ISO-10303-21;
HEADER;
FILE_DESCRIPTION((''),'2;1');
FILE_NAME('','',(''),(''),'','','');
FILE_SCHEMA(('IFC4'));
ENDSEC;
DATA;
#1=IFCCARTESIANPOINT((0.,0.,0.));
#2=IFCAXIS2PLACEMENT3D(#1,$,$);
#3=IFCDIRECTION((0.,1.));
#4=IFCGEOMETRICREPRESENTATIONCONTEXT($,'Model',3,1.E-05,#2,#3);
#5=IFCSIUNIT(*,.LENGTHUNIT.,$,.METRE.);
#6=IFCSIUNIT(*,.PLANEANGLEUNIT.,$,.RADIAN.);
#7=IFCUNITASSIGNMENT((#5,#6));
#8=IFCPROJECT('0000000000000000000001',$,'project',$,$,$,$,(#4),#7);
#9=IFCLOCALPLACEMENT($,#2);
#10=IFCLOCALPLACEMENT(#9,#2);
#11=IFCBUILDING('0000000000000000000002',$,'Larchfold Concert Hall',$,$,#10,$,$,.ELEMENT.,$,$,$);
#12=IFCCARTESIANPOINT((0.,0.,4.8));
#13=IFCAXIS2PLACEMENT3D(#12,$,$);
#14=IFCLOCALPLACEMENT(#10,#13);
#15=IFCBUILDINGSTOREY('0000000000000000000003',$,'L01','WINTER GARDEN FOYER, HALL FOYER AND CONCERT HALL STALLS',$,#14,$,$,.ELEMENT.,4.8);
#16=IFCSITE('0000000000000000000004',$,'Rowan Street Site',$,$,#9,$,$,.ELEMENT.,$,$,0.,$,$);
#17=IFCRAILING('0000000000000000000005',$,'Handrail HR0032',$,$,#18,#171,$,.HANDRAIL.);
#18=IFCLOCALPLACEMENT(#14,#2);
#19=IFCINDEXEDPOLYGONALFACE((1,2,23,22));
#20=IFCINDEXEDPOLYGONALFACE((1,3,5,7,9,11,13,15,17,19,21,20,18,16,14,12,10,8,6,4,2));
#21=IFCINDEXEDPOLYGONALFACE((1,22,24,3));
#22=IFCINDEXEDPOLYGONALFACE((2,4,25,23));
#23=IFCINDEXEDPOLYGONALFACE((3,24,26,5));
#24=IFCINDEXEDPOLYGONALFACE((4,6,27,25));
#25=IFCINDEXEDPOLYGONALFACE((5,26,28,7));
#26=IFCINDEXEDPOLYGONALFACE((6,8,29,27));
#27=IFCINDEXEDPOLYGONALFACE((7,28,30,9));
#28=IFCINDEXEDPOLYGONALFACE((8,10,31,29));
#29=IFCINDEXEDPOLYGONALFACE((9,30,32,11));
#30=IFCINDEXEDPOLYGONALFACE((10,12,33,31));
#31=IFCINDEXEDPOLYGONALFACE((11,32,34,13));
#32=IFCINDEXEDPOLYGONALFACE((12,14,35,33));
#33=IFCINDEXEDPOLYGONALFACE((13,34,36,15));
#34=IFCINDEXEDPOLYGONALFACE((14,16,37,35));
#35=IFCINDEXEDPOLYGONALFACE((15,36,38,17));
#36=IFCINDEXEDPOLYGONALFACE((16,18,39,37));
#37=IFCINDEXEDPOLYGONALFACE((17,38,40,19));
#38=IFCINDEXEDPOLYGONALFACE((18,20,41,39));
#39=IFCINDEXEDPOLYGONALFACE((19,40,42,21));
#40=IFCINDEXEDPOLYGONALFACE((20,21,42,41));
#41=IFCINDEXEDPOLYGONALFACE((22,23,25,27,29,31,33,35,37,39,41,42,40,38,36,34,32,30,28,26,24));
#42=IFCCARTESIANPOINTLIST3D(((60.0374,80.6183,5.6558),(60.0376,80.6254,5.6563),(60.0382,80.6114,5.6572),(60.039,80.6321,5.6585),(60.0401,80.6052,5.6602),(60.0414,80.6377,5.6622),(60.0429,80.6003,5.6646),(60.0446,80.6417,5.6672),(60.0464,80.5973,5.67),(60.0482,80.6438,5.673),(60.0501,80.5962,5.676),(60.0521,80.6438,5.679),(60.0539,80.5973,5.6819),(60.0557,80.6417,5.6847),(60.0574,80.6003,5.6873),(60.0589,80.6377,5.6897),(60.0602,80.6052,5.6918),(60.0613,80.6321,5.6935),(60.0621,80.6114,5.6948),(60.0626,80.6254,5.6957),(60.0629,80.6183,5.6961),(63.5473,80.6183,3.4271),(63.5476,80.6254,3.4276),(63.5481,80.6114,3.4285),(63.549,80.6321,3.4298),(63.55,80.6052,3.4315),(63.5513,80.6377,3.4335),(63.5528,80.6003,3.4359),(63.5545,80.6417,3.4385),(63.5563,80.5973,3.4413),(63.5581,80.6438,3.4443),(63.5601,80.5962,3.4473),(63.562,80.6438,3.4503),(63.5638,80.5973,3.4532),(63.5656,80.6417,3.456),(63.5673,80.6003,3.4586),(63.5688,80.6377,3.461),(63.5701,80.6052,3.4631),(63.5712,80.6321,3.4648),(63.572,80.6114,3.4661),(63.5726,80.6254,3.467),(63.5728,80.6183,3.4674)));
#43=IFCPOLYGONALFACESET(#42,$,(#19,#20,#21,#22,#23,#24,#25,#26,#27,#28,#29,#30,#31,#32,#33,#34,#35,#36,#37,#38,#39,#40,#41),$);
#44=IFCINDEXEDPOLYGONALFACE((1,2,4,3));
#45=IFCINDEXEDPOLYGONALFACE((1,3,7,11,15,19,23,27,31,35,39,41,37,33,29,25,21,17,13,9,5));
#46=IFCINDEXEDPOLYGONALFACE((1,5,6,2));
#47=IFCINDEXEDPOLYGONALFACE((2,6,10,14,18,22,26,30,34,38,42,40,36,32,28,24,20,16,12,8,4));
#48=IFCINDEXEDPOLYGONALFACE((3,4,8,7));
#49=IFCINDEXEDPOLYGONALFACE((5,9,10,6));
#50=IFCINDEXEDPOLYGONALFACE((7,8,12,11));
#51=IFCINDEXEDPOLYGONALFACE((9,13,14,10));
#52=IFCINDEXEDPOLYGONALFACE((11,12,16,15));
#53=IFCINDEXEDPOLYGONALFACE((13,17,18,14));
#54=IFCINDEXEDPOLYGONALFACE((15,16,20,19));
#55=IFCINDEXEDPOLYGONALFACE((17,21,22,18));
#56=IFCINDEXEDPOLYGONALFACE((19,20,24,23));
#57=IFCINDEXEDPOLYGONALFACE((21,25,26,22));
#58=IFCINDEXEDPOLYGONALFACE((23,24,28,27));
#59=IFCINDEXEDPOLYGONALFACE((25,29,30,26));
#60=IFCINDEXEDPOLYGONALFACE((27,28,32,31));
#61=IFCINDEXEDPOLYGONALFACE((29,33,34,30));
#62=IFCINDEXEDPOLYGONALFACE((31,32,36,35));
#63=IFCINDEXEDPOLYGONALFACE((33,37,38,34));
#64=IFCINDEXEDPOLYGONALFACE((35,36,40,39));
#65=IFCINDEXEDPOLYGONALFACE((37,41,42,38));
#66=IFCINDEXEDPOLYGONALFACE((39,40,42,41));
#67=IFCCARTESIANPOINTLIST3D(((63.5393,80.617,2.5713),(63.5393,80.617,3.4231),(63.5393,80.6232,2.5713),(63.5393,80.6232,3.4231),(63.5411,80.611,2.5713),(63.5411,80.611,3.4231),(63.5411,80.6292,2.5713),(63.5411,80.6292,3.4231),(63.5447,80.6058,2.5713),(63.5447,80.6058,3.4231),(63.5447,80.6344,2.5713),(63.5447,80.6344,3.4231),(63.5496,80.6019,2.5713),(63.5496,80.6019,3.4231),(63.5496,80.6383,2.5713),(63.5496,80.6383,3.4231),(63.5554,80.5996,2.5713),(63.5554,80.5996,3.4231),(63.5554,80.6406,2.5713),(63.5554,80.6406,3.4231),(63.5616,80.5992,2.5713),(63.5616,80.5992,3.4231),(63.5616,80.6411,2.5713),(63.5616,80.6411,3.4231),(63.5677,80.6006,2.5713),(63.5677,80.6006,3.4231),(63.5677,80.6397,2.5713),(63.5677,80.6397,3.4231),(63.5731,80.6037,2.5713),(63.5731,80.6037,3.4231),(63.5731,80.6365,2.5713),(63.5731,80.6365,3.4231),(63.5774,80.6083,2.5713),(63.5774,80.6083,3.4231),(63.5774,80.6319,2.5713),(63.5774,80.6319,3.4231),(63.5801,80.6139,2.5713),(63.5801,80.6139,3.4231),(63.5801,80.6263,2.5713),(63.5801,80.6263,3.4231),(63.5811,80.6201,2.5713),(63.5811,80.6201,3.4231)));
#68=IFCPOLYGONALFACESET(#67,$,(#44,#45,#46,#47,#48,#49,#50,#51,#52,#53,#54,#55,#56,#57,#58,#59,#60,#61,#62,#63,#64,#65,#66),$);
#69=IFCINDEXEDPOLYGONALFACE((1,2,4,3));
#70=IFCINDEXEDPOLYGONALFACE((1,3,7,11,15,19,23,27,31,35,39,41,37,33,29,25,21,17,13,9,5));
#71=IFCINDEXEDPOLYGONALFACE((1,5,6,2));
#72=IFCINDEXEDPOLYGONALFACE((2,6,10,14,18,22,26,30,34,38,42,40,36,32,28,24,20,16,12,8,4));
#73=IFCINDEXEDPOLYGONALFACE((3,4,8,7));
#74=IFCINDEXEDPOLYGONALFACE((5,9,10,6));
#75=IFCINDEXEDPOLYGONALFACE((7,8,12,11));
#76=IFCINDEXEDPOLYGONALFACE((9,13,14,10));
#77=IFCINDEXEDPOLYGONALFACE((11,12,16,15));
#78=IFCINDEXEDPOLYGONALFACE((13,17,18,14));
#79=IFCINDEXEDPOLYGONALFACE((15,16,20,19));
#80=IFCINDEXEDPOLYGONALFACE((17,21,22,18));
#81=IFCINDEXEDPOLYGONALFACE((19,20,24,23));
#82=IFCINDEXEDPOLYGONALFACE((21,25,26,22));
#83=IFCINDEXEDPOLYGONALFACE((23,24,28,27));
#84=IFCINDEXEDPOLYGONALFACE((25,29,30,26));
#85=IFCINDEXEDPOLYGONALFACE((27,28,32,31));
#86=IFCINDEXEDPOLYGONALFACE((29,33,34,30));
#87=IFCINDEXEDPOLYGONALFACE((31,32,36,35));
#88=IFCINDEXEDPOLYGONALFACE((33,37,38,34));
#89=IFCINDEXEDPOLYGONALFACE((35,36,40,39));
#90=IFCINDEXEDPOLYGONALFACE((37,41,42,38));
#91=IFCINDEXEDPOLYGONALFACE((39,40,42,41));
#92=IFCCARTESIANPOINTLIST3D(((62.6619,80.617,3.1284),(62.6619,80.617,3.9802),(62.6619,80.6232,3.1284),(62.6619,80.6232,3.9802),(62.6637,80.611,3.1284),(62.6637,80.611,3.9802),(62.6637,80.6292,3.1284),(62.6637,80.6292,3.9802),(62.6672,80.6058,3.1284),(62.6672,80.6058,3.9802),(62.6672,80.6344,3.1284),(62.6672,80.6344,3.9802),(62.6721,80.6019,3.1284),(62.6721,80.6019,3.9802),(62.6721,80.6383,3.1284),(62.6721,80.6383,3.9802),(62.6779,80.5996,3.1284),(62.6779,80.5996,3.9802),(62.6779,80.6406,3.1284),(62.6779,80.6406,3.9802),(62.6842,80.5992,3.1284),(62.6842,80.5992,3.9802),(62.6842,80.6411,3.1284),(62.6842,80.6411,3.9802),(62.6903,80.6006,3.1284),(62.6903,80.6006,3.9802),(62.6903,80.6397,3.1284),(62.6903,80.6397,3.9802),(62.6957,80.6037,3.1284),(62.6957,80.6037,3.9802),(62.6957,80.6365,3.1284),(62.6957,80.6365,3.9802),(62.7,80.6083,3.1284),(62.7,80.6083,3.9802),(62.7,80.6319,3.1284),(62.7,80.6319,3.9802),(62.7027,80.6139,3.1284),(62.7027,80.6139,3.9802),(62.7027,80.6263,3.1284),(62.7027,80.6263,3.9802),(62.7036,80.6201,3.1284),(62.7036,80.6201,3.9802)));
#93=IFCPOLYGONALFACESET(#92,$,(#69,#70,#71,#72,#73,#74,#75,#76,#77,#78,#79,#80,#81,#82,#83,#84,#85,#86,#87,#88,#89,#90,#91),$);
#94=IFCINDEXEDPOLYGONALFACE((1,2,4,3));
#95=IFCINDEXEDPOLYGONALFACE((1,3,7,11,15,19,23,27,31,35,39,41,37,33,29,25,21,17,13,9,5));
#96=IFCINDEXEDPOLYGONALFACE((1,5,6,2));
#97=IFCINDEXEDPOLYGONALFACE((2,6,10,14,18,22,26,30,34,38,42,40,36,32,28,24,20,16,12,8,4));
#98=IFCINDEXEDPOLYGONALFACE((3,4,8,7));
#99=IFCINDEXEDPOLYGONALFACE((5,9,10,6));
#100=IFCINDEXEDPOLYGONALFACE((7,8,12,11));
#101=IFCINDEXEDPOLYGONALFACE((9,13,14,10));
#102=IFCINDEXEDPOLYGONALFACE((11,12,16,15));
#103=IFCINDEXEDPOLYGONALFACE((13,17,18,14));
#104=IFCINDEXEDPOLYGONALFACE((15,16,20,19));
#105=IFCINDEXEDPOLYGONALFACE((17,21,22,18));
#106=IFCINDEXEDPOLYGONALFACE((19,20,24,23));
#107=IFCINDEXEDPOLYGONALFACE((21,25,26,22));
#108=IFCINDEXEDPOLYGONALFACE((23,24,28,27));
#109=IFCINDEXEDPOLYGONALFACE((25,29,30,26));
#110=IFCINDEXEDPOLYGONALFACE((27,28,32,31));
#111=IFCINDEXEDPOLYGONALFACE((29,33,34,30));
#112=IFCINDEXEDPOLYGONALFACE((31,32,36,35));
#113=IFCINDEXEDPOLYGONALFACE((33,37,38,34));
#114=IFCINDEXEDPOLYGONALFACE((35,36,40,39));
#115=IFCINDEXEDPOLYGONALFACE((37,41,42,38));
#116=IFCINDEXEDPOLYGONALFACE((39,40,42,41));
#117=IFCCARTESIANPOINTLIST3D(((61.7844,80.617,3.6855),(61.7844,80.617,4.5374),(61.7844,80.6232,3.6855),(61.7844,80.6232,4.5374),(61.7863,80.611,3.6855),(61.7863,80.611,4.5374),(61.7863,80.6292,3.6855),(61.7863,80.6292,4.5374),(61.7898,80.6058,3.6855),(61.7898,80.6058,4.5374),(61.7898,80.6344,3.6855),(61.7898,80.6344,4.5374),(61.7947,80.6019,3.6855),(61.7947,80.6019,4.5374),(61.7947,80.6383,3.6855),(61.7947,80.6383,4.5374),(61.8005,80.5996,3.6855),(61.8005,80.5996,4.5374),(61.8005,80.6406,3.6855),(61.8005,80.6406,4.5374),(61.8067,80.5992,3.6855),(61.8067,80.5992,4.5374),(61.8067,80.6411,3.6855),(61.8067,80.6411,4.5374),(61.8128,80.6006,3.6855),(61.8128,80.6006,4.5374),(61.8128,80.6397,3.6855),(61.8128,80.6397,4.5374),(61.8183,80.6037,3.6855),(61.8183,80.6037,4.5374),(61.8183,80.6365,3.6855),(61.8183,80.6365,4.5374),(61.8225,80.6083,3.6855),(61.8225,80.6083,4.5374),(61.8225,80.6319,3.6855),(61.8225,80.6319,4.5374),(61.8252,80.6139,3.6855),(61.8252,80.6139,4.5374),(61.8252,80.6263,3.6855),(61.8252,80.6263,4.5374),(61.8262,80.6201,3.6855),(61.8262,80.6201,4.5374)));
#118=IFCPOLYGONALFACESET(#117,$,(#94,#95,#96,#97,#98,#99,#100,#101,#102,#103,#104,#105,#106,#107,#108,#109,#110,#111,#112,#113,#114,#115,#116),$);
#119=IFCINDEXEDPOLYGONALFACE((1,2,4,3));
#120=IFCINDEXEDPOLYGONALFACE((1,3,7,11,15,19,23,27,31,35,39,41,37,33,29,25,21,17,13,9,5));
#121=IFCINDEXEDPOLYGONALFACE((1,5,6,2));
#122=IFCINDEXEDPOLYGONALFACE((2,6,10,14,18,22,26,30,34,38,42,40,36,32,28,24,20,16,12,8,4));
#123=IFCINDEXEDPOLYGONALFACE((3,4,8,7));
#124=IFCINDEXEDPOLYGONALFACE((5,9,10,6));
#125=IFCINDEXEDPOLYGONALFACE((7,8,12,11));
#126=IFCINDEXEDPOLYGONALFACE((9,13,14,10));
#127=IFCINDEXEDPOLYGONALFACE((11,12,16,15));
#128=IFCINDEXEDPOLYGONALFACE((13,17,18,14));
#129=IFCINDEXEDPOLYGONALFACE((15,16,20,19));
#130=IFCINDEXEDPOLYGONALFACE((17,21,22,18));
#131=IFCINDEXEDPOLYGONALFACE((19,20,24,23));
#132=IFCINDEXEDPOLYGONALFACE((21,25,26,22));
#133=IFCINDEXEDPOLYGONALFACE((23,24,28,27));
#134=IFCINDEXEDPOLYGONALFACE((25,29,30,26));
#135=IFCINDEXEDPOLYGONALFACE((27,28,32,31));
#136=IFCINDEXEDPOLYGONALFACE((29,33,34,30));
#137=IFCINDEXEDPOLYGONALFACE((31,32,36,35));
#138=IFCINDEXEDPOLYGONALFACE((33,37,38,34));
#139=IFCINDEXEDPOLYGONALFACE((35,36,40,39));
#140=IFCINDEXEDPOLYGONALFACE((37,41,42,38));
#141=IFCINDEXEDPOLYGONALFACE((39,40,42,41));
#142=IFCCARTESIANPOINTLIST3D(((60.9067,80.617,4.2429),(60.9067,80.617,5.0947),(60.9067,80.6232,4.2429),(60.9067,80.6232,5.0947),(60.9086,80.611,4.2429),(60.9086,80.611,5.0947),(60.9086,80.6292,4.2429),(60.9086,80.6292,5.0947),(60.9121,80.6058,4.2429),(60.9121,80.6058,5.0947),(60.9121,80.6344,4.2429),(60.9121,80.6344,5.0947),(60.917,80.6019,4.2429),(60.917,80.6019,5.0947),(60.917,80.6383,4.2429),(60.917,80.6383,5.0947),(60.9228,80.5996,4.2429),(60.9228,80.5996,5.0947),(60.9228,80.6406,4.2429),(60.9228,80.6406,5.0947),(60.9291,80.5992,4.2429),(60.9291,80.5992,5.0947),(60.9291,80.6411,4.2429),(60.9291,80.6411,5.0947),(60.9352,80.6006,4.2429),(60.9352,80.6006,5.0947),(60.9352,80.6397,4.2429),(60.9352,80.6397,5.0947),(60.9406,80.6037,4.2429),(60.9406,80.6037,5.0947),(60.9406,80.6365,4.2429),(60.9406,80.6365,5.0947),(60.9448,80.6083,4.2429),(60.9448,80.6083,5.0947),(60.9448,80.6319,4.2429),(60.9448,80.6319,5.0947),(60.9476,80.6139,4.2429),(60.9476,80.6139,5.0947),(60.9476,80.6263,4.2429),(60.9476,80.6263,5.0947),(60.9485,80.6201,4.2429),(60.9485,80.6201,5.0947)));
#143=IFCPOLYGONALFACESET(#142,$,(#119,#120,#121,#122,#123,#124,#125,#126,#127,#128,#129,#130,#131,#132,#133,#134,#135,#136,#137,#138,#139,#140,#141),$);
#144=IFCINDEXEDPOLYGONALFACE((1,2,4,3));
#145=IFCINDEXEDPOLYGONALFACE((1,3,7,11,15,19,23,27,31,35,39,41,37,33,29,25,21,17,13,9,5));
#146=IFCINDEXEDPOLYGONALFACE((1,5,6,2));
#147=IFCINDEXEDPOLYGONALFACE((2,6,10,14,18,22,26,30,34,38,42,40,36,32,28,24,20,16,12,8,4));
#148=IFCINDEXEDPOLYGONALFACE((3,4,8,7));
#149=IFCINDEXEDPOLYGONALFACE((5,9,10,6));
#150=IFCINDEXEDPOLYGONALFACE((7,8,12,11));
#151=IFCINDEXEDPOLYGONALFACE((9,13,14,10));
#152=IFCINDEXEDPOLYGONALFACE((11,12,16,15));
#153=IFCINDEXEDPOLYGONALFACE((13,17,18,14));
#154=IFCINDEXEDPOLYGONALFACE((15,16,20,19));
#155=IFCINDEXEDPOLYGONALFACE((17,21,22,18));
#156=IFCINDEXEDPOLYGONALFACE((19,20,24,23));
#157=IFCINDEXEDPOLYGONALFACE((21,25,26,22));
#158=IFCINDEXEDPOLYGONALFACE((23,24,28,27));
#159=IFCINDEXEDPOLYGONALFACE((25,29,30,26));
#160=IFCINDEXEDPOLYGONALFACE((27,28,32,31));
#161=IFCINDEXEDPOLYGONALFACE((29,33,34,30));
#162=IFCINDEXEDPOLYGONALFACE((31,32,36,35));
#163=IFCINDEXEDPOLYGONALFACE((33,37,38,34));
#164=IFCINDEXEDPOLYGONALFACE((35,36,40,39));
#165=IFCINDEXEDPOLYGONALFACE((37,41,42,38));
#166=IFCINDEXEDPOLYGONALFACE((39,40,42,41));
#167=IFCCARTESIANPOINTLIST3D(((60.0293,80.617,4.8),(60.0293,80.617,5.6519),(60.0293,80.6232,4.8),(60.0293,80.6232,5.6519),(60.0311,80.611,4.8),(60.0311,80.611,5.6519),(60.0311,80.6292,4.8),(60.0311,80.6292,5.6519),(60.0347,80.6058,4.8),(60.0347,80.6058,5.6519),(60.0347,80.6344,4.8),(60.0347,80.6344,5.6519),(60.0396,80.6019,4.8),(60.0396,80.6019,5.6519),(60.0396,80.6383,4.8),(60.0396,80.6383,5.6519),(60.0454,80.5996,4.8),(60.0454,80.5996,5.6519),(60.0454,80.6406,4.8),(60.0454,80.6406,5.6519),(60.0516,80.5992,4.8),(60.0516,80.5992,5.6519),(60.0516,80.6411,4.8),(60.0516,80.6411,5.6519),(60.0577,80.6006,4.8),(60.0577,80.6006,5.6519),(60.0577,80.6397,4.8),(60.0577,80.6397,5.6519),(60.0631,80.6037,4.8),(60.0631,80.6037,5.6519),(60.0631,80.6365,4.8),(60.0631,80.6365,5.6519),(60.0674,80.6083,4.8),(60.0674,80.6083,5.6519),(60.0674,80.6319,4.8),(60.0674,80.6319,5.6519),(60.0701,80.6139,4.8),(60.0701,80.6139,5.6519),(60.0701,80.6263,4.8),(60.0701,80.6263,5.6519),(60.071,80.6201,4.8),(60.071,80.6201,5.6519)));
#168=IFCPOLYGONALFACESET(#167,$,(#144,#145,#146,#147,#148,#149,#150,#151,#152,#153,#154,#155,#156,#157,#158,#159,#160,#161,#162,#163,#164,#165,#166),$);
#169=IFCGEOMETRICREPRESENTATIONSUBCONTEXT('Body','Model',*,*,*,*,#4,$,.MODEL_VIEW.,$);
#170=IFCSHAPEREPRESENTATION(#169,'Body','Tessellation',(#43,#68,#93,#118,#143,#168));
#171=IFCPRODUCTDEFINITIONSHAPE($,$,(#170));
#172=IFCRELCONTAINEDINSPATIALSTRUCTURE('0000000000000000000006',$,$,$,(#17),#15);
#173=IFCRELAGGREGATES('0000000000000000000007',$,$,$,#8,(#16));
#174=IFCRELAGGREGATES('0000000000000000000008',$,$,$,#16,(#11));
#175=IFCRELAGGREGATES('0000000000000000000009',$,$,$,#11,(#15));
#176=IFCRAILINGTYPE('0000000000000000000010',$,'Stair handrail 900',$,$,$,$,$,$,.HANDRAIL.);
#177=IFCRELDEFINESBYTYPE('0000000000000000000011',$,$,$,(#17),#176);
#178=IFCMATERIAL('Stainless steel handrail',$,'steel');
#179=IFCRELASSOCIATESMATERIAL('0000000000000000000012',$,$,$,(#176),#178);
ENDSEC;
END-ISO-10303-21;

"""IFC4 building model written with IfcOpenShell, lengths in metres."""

from ifc_helpers import new_model, si_unit, direction, frame, origin, origin_2d, place, context, subcontext, project, spatial, circle, extrude, material, type_object, element, save


model = new_model("IFC4")

# Units and contexts
model_context = context("Model", 3, precision=1e-05, world=origin(), true_north=direction((0.0, 1.0)))
body_context = subcontext(model_context, "Body", "Model", "MODEL_VIEW")
ifc_project = project(units=[si_unit("LENGTHUNIT", "METRE"), si_unit("PLANEANGLEUNIT", "RADIAN")], contexts=[model_context])

# Site, building, storey
site_placement = place(None, origin())
site = spatial("IfcSite", under=ifc_project, at=site_placement, Name="Rowan Street Site", CompositionType="ELEMENT", RefElevation=0.0)
building_placement = place(site_placement, origin())
building = spatial("IfcBuilding", under=site, at=building_placement, Name="Larchfold Concert Hall", CompositionType="ELEMENT")
storey_placement = place(building_placement, frame((0.0, 0.0, 4.8)))
storey = spatial("IfcBuildingStorey", under=building, at=storey_placement, Name="L01", Description="WINTER GARDEN FOYER, HALL FOYER AND CONCERT HALL STALLS", CompositionType="ELEMENT", Elevation=4.8)

# Railing
ifc_material_1 = material(Name="Stainless steel handrail", Category="steel")
railing_type_1 = type_object("IfcRailingType", Name="Stair handrail 900", PredefinedType="HANDRAIL", material=ifc_material_1)
railing_1_placement = place(storey_placement, frame((63.5601, 80.6201, 2.5713)))
element("IfcRailing", 1, at=railing_1_placement, inside=storey, type_object=railing_type_1, Name="Handrail HR0032", PredefinedType="HANDRAIL", context=body_context, shape_type="SweptSolid", body=[
    extrude(circle(Radius=0.0239, at=origin_2d()), frame((0.0, 0.0, 0.876), z_axis=(-0.844193, 0.0, 0.536039), x_axis=(0.0, -1.0, 0.0)), (0.0, 0.0, 1.0), 4.1577),
    extrude(circle(Radius=0.021, at=origin_2d()), origin(), (0.0, 0.0, 1.0), 0.8518),
    extrude(circle(Radius=0.021, at=origin_2d()), frame((-0.8774, 0.0, 0.5571)), (0.0, 0.0, 1.0), 0.8518),
    extrude(circle(Radius=0.021, at=origin_2d()), frame((-1.7549, 0.0, 1.1143)), (0.0, 0.0, 1.0), 0.8518),
    extrude(circle(Radius=0.021, at=origin_2d()), frame((-2.6326, 0.0, 1.6716)), (0.0, 0.0, 1.0), 0.8518),
    extrude(circle(Radius=0.021, at=origin_2d()), frame((-3.51, 0.0, 2.2288)), (0.0, 0.0, 1.0), 0.8518),
])

save(model, "model.ifc")
